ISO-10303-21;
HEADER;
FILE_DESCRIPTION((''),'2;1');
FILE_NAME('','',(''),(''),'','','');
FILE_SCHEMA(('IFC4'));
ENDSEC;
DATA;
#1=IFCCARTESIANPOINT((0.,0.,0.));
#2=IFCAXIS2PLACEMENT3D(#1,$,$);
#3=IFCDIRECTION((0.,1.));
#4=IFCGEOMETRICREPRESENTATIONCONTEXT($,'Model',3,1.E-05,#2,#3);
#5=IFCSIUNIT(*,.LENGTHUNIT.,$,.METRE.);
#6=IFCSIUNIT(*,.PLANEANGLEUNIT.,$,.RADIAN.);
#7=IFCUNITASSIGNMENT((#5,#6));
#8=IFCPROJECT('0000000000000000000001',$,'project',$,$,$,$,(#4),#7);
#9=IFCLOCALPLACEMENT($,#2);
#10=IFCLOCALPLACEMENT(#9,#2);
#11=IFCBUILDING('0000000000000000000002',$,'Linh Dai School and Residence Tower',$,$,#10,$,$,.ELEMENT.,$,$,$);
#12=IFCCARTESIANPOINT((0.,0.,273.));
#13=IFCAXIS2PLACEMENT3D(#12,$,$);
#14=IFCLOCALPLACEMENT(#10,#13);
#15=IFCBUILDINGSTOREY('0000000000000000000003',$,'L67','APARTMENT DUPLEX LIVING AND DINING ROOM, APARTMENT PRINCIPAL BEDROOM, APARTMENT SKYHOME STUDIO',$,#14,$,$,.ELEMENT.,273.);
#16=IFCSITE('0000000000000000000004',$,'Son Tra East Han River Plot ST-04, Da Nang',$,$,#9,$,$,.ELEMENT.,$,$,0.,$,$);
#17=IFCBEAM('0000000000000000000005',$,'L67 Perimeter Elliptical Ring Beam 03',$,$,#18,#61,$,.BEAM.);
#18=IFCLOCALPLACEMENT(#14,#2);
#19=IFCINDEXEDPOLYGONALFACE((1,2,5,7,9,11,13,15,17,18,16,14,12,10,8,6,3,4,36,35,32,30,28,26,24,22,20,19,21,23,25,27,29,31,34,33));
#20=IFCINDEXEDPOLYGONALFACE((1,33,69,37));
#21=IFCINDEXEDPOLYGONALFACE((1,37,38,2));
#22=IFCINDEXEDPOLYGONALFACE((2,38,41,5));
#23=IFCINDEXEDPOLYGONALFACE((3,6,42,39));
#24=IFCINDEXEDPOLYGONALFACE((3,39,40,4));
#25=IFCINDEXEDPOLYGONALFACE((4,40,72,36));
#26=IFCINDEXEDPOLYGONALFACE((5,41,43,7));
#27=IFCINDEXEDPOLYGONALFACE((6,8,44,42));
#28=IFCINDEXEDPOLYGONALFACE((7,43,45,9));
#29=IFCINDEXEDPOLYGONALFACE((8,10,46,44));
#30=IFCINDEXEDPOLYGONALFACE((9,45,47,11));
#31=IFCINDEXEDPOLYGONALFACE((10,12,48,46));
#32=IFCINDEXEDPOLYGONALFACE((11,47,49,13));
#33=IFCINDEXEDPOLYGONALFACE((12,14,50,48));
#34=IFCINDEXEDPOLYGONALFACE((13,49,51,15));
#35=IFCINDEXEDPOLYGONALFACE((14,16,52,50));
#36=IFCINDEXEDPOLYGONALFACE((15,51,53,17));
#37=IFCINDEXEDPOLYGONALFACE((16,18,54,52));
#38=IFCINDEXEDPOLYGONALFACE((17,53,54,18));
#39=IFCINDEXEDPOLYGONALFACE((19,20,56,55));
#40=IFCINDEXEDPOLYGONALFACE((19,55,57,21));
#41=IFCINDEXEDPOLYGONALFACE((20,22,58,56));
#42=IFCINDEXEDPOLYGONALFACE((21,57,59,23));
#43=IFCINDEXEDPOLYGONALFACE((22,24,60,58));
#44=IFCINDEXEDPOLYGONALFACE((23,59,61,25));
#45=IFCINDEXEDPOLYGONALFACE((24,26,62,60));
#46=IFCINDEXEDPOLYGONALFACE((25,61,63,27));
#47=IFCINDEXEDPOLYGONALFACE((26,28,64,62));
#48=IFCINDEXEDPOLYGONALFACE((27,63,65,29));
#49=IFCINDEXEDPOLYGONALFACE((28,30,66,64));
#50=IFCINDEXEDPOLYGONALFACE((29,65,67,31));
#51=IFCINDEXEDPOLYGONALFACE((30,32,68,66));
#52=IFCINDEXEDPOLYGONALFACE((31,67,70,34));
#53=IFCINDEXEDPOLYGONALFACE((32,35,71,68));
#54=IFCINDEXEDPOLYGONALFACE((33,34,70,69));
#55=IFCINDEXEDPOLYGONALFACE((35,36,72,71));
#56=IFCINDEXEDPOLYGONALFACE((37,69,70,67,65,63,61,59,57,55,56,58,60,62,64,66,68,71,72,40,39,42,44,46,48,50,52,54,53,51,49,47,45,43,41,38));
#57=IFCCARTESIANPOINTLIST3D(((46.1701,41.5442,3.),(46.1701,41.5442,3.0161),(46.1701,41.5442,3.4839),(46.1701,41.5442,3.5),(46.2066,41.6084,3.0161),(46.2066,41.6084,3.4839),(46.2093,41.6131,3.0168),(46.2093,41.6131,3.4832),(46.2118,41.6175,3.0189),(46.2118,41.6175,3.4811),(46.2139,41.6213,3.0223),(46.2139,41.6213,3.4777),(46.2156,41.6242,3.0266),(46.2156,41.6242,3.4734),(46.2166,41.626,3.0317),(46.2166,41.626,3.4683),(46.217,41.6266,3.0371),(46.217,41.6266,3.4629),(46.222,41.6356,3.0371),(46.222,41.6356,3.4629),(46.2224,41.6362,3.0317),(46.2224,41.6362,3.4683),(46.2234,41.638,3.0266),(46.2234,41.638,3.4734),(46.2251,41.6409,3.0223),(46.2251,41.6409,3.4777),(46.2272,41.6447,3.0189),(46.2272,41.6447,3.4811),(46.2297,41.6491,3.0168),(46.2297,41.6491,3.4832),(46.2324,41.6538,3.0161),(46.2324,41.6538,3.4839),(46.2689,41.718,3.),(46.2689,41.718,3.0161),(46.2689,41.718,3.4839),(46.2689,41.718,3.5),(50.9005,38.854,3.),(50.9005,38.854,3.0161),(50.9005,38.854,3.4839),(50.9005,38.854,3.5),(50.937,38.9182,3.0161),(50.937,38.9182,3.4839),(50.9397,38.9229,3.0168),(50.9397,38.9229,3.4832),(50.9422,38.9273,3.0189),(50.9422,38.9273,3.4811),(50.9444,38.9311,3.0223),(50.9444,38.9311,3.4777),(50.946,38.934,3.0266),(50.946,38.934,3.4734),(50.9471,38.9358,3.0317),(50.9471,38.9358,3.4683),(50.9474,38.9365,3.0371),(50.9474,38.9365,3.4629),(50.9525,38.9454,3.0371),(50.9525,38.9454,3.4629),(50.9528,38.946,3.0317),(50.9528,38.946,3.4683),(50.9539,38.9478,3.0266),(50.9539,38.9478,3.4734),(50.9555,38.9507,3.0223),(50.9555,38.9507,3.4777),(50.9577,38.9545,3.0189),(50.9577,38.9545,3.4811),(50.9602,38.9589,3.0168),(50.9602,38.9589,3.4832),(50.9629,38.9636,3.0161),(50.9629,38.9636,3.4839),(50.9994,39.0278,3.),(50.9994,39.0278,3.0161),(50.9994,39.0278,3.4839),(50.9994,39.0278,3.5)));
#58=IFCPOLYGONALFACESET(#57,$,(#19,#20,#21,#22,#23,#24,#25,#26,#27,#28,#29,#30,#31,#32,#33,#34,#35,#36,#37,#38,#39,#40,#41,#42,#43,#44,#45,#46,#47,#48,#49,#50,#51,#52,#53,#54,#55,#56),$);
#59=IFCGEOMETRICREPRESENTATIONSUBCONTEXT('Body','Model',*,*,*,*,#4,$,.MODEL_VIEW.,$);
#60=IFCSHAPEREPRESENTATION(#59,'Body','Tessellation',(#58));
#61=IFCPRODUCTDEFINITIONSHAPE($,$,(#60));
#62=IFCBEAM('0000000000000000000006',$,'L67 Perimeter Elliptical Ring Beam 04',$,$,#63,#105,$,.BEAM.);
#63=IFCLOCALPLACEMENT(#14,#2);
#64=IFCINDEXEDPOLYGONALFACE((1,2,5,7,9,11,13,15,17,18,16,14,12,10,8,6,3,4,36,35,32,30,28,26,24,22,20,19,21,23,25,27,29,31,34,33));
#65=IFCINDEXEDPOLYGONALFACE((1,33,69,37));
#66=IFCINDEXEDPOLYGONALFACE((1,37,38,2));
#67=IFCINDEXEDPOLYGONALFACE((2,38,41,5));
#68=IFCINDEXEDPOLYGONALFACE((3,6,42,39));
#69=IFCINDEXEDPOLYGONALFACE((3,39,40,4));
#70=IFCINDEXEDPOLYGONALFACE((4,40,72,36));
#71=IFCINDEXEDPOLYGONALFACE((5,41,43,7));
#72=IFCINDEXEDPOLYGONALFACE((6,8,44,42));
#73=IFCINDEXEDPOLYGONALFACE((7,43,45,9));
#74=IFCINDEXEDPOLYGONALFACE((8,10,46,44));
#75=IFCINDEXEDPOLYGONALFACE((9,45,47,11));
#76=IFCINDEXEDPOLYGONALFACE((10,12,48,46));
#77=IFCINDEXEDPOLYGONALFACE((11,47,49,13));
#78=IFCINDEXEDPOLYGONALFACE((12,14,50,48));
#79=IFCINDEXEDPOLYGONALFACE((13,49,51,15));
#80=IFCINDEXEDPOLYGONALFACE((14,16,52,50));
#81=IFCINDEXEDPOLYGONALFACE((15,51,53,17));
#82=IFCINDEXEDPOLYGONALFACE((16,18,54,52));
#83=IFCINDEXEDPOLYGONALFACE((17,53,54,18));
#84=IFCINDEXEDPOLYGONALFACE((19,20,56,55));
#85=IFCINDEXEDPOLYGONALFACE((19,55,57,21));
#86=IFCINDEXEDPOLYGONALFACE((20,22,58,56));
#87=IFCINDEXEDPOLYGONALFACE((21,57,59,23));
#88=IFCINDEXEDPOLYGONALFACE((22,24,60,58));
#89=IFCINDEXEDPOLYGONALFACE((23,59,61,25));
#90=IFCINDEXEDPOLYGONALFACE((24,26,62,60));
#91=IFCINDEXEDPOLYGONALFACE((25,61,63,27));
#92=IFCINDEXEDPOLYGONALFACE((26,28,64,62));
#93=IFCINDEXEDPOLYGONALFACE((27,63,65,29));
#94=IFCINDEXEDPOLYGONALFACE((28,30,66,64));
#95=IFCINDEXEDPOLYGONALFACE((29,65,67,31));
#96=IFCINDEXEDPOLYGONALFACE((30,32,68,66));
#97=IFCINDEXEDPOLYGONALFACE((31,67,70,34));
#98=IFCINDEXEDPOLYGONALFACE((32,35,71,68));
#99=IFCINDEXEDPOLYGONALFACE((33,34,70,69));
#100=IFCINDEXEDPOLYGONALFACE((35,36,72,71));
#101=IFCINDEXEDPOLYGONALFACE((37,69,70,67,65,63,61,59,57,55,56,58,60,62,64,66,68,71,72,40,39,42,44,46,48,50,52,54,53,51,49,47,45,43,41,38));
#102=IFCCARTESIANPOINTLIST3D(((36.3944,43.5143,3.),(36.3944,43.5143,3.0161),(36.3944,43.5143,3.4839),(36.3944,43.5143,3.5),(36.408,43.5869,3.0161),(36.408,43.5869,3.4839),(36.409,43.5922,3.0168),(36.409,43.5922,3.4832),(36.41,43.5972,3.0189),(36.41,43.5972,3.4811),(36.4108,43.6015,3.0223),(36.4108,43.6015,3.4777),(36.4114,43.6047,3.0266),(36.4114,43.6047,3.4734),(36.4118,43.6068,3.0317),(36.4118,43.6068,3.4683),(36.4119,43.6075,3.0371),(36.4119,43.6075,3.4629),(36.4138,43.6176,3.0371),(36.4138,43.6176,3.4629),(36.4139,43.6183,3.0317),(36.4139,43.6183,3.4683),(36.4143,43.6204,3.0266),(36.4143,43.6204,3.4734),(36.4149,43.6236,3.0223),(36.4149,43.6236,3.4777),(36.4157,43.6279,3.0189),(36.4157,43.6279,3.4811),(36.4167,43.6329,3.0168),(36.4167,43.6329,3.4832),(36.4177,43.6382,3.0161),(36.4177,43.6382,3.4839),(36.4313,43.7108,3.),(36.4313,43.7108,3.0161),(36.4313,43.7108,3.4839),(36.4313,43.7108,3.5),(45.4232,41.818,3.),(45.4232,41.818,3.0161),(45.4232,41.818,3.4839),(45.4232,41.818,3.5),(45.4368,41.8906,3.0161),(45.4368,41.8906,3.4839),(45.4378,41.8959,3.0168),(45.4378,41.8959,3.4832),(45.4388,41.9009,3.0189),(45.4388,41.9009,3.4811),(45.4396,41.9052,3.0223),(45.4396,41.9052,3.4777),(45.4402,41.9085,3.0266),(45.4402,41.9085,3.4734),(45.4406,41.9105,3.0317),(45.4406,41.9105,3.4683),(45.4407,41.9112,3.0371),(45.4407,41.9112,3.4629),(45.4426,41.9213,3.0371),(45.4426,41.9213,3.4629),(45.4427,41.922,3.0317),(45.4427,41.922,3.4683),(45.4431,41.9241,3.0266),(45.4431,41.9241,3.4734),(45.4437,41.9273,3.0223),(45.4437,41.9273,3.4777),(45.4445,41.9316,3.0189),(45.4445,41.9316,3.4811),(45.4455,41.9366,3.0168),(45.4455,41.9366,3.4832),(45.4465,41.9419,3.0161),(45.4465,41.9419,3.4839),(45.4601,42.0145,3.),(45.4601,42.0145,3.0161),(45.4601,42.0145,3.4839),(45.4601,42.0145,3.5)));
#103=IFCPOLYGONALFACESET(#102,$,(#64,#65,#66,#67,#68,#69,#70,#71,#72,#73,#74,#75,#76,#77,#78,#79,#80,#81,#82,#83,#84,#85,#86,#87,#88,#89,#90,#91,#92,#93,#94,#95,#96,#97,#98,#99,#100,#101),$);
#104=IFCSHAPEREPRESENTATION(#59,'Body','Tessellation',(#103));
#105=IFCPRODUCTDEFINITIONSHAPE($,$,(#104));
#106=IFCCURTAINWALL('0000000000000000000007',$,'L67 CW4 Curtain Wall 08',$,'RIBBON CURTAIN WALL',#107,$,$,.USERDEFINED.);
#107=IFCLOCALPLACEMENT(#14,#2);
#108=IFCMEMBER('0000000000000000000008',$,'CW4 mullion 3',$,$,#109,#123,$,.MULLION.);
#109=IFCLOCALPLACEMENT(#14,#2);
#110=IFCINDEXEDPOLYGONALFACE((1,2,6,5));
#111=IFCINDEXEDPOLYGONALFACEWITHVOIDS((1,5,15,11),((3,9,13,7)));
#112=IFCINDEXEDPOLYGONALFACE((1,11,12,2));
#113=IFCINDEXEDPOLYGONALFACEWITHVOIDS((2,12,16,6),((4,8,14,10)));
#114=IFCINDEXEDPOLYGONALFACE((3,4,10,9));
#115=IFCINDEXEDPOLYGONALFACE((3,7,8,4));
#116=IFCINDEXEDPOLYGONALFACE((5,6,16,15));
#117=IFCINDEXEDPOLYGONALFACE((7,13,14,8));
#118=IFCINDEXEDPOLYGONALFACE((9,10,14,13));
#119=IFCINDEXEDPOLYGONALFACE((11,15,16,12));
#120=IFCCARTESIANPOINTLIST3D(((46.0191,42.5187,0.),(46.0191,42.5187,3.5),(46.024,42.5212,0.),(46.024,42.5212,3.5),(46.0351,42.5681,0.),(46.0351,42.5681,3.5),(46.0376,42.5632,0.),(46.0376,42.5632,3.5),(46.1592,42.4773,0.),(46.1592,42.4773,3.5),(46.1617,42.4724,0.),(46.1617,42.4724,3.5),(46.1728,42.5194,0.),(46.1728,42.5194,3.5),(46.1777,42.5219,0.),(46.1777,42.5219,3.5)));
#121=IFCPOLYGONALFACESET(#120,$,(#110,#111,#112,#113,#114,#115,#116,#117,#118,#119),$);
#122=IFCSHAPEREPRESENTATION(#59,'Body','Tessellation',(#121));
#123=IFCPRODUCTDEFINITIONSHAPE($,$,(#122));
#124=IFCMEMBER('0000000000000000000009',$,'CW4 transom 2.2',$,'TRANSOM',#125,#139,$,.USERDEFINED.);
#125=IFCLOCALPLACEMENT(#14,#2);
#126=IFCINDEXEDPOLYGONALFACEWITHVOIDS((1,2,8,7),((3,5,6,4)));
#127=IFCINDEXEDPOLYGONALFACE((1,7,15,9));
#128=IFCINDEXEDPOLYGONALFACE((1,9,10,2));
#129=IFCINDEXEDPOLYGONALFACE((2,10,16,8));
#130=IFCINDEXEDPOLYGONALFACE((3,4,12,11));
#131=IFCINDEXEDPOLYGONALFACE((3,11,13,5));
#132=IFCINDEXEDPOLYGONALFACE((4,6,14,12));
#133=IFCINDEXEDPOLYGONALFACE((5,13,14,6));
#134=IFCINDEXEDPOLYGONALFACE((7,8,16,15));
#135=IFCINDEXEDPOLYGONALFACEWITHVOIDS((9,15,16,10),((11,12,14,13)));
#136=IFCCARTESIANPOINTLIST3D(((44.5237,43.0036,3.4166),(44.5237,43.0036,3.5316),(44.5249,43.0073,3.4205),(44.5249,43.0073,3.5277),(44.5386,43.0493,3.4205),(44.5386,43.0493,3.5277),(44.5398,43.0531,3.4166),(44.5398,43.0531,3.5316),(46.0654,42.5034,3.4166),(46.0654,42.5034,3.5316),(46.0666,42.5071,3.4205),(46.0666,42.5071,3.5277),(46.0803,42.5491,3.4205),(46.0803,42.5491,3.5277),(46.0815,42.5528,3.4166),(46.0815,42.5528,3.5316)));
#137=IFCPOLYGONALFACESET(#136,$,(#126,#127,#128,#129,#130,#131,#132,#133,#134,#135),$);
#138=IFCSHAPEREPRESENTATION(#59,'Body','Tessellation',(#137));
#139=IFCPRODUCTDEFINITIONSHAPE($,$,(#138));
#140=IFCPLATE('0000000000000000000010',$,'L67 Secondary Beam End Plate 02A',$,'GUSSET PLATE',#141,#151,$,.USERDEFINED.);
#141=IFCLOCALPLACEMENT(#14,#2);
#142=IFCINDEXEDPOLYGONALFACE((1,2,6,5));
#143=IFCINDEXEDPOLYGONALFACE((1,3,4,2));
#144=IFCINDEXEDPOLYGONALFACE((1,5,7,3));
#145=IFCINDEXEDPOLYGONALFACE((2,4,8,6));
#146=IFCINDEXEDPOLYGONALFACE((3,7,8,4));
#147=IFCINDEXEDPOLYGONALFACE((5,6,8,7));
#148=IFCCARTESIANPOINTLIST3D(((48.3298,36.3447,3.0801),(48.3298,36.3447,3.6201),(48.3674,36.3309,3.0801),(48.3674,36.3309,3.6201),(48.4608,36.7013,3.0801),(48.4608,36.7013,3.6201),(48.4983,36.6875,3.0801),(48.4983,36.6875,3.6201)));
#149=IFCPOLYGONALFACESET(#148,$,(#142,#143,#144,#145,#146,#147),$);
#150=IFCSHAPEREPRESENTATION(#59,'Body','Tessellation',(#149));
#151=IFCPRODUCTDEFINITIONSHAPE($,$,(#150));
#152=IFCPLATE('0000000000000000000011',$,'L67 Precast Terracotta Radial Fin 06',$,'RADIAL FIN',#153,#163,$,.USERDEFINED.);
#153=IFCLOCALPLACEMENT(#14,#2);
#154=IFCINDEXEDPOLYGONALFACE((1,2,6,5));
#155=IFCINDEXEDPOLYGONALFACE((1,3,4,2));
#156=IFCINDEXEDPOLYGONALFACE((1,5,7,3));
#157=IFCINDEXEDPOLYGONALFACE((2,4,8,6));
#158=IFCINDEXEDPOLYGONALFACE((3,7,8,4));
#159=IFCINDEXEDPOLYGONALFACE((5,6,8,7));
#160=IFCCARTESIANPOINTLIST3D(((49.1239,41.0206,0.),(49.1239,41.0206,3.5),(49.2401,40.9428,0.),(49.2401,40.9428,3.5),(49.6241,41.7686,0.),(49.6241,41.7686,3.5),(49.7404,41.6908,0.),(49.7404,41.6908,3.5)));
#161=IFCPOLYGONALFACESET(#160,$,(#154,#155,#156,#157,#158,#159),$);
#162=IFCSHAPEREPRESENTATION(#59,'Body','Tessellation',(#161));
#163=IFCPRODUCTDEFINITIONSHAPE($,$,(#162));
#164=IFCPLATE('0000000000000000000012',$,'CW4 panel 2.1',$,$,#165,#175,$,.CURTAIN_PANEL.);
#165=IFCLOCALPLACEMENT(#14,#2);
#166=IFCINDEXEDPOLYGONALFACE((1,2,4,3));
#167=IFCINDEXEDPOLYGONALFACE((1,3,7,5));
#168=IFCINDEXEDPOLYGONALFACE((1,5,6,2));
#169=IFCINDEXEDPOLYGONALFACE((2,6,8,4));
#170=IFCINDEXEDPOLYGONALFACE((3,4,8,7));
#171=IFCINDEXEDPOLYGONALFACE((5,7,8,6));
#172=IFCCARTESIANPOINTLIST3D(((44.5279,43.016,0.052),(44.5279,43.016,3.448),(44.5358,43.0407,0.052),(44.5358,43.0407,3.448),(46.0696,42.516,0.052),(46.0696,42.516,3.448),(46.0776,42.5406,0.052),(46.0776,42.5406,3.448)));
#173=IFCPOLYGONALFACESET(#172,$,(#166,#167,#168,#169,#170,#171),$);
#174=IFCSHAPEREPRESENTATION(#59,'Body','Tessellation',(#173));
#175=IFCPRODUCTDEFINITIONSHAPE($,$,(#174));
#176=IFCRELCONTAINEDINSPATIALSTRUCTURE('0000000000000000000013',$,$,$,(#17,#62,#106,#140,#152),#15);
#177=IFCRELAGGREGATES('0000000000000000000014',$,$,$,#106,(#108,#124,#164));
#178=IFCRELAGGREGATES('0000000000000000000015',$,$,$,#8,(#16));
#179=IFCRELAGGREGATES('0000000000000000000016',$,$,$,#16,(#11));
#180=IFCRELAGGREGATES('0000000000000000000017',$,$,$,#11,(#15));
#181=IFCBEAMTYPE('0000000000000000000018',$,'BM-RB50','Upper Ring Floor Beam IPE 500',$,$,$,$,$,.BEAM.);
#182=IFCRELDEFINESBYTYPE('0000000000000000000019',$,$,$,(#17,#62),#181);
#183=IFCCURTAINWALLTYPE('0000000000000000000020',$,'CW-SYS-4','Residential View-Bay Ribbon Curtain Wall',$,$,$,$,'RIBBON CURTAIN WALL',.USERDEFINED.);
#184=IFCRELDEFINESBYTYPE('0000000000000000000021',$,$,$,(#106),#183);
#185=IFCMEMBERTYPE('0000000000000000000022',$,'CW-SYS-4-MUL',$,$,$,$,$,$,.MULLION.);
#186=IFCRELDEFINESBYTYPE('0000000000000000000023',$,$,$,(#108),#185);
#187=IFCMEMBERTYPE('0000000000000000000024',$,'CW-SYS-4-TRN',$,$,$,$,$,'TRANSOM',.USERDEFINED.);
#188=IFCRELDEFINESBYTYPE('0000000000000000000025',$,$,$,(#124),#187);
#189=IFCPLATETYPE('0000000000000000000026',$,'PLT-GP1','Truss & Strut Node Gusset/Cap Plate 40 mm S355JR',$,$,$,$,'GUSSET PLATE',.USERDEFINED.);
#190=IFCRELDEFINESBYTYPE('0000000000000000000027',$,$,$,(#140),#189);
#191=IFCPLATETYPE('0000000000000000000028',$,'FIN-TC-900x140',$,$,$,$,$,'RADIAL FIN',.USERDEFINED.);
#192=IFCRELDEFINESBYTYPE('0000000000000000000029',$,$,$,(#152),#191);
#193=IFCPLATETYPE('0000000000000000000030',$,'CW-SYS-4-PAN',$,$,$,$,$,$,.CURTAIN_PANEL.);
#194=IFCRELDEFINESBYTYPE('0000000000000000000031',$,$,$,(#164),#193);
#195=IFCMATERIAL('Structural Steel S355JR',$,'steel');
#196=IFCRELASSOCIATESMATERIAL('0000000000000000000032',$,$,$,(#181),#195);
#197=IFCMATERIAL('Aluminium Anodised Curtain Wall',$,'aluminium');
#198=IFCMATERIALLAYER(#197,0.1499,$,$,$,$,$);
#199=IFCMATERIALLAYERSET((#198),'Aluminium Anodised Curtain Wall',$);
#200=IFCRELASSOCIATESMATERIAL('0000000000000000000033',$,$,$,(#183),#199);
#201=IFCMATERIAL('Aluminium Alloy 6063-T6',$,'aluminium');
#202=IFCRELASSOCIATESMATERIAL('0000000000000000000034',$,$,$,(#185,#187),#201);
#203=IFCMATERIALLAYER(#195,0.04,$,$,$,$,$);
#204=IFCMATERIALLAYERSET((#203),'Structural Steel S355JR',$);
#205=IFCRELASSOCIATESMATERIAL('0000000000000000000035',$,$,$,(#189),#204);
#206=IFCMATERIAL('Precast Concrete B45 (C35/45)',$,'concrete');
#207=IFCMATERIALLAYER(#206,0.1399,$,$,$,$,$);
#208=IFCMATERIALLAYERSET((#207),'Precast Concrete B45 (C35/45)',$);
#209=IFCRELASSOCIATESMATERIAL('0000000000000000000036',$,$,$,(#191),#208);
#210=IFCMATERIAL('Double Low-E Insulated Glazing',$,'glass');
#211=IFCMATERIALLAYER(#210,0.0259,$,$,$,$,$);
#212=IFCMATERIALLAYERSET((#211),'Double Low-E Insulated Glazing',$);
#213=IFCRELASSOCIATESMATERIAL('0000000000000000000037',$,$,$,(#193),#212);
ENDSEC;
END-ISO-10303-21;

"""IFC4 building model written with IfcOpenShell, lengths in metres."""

from ifc_helpers import new_model, si_unit, direction, frame, origin, origin_2d, place, context, subcontext, project, spatial, rectangle, hollow_rectangle, i_section, extrude, source, transform, mapped, material, layer, layer_set, material_profile, profile_set, type_object, element, aggregate, save


model = new_model("IFC4")

# Units and contexts
model_context = context("Model", 3, precision=1e-05, world=origin(), true_north=direction((0.0, 1.0)))
body_context = subcontext(model_context, "Body", "Model", "MODEL_VIEW")
ifc_project = project(units=[si_unit("LENGTHUNIT", "METRE"), si_unit("PLANEANGLEUNIT", "RADIAN")], contexts=[model_context])

# Site, building, storey
site_placement = place(None, origin())
site = spatial("IfcSite", under=ifc_project, at=site_placement, Name="Son Tra East Han River Plot ST-04, Da Nang", CompositionType="ELEMENT", RefElevation=0.0)
building_placement = place(site_placement, origin())
building = spatial("IfcBuilding", under=site, at=building_placement, Name="Linh Dai School and Residence Tower", CompositionType="ELEMENT")
storey_placement = place(building_placement, frame((0.0, 0.0, 273.0)))
storey = spatial("IfcBuildingStorey", under=building, at=storey_placement, Name="L67", Description="APARTMENT DUPLEX LIVING AND DINING ROOM, APARTMENT PRINCIPAL BEDROOM, APARTMENT SKYHOME STUDIO", CompositionType="ELEMENT", Elevation=273.0)

# Shared definitions
ifc_material_1 = material(Name="Structural Steel S355JR", Category="steel")

# Beams
ifc_material_profile_1 = material_profile(ifc_material_1, i_section(OverallWidth=0.2, OverallDepth=0.5, WebThickness=0.0103, FlangeThickness=0.0161, FilletRadius=0.021, at=origin_2d()), Name="IPE 500")
ifc_profile_set_1 = profile_set([ifc_material_profile_1], Name="Structural Steel S355JR")
beam_type_1 = type_object("IfcBeamType", Name="BM-RB50", Description="Upper Ring Floor Beam IPE 500", PredefinedType="BEAM", material=ifc_profile_set_1)
beam_1_placement = place(storey_placement, frame((50.95, 38.9409, 3.25), z_axis=(-0.869266, 0.494345, 0.0), x_axis=(-0.494345, -0.869266, 0.0)))
element("IfcBeam", 1, at=beam_1_placement, inside=storey, type_object=beam_type_1, Name="L67 Perimeter Elliptical Ring Beam 03", PredefinedType="BEAM", context=body_context, shape_type="SweptSolid", body=[
    extrude(i_section(OverallWidth=0.2, OverallDepth=0.5, WebThickness=0.0103, FlangeThickness=0.0161, FilletRadius=0.021, at=origin_2d()), origin(), (0.0, 0.0, 1.0), 5.4419),
])
beam_2_placement = place(storey_placement, frame((45.4417, 41.9163, 3.25), z_axis=(-0.982805, 0.184645, 0.0), x_axis=(-0.184645, -0.982805, 0.0)))
element("IfcBeam", 2, at=beam_2_placement, inside=storey, type_object=beam_type_1, Name="L67 Perimeter Elliptical Ring Beam 04", PredefinedType="BEAM", context=body_context, shape_type="SweptSolid", body=[
    extrude(i_section(OverallWidth=0.2, OverallDepth=0.5, WebThickness=0.0103, FlangeThickness=0.0161, FilletRadius=0.021, at=origin_2d()), origin(), (0.0, 0.0, 1.0), 9.1868),
])

# Curtain wall, members
ifc_material_2 = material(Name="Aluminium Anodised Curtain Wall", Category="aluminium")
ifc_layer_1 = layer(ifc_material_2, 0.1499)
ifc_layer_set_1 = layer_set([ifc_layer_1], Name="Aluminium Anodised Curtain Wall")
curtain_wall_type = type_object("IfcCurtainWallType", Name="CW-SYS-4", Description="Residential View-Bay Ribbon Curtain Wall", ElementType="RIBBON CURTAIN WALL", PredefinedType="USERDEFINED", material=ifc_layer_set_1)
curtain_wall_placement = place(storey_placement, origin())
curtain_wall = element("IfcCurtainWall", 3, at=curtain_wall_placement, inside=storey, type_object=curtain_wall_type, Name="L67 CW4 Curtain Wall 08", ObjectType="RIBBON CURTAIN WALL", PredefinedType="USERDEFINED")
ifc_material_3 = material(Name="Aluminium Alloy 6063-T6", Category="aluminium")
ifc_material_profile_2 = material_profile(ifc_material_3, hollow_rectangle(XDim=0.052, YDim=0.1499, WallThickness=0.0039, at=origin_2d()), Name="RHS 150x52x4")
ifc_profile_set_2 = profile_set([ifc_material_profile_2], Name="Aluminium Alloy 6063-T6")
member_type_1 = type_object("IfcMemberType", Name="CW-SYS-4-MUL", PredefinedType="MULLION", material=ifc_profile_set_2)
shared_shape_1 = source(origin(), body_context, "Body", "SweptSolid", [
    extrude(hollow_rectangle(XDim=0.052, YDim=0.1499, WallThickness=0.0039, at=origin_2d()), origin(), (0.0, 0.0, 1.0), 3.5),
])
member_1_placement = place(storey_placement, frame((46.0984, 42.5203, 0.0), z_axis=(0.0, 0.0, 1.0), x_axis=(0.308519, 0.951218, 0.0)))
member_1 = element("IfcMember", 4, at=member_1_placement, type_object=member_type_1, Name="CW4 mullion 3", PredefinedType="MULLION", context=body_context, shape_type="MappedRepresentation", body=[
    mapped(shared_shape_1, transform((0.0, 0.0, 0.0), x_axis=(1.0, 0.0, 0.0), y_axis=(0.0, 1.0, 0.0), z_axis=(0.0, 0.0, 1.0), scale=1.0)),
])
ifc_material_profile_3 = material_profile(ifc_material_3, hollow_rectangle(XDim=0.052, YDim=0.115, WallThickness=0.0039, at=origin_2d()), Name="RHS 115x52x4")
ifc_profile_set_3 = profile_set([ifc_material_profile_3], Name="Aluminium Alloy 6063-T6")
member_type_2 = type_object("IfcMemberType", Name="CW-SYS-4-TRN", ElementType="TRANSOM", PredefinedType="USERDEFINED", material=ifc_profile_set_3)
shared_shape_2 = source(origin(), body_context, "Body", "SweptSolid", [
    extrude(hollow_rectangle(XDim=0.052, YDim=0.115, WallThickness=0.0039, at=origin_2d()), origin(), (0.0, 0.0, 1.0), 1.6208),
])
member_2_placement = place(storey_placement, frame((44.5317, 43.0283, 3.4741), z_axis=(0.951183, -0.308626, 0.0), x_axis=(0.308626, 0.951183, 0.0)))
member_2 = element("IfcMember", 5, at=member_2_placement, type_object=member_type_2, Name="CW4 transom 2.2", ObjectType="TRANSOM", PredefinedType="USERDEFINED", context=body_context, shape_type="MappedRepresentation", body=[
    mapped(shared_shape_2, transform((0.0, 0.0, 0.0), x_axis=(1.0, 0.0, 0.0), y_axis=(0.0, 1.0, 0.0), z_axis=(0.0, 0.0, 1.0), scale=1.0)),
])

# Plates
ifc_layer_2 = layer(ifc_material_1, 0.04)
ifc_layer_set_2 = layer_set([ifc_layer_2], Name="Structural Steel S355JR")
plate_type_1 = type_object("IfcPlateType", Name="PLT-GP1", Description="Truss & Strut Node Gusset/Cap Plate 40 mm S355JR", ElementType="GUSSET PLATE", PredefinedType="USERDEFINED", material=ifc_layer_set_2)
shared_shape_3 = source(origin(), body_context, "Body", "SweptSolid", [
    extrude(rectangle(XDim=0.04, YDim=0.3799, at=origin_2d()), origin(), (0.0, 0.0, 1.0), 0.54),
])
plate_1_placement = place(storey_placement, frame((48.4141, 36.5161, 3.0801), z_axis=(0.0, 0.0, 1.0), x_axis=(-0.938695, 0.344748, 0.0)))
element("IfcPlate", 6, at=plate_1_placement, inside=storey, type_object=plate_type_1, Name="L67 Secondary Beam End Plate 02A", ObjectType="GUSSET PLATE", PredefinedType="USERDEFINED", context=body_context, shape_type="MappedRepresentation", body=[
    mapped(shared_shape_3, transform((0.0, 0.0, 0.0), x_axis=(1.0, 0.0, 0.0), y_axis=(0.0, 1.0, 0.0), z_axis=(0.0, 0.0, 1.0), scale=1.0)),
])
ifc_material_4 = material(Name="Precast Concrete B45 (C35/45)", Category="concrete")
ifc_layer_3 = layer(ifc_material_4, 0.1399)
ifc_layer_set_3 = layer_set([ifc_layer_3], Name="Precast Concrete B45 (C35/45)")
plate_type_2 = type_object("IfcPlateType", Name="FIN-TC-900x140", ElementType="RADIAL FIN", PredefinedType="USERDEFINED", material=ifc_layer_set_3)
shared_shape_4 = source(origin(), body_context, "Body", "SweptSolid", [
    extrude(rectangle(XDim=0.8999, YDim=0.1399, at=origin_2d()), origin(), (0.0, 0.0, 1.0), 3.5),
])
plate_2_placement = place(storey_placement, frame((49.4321, 41.3557, 0.0), z_axis=(0.0, 0.0, 1.0), x_axis=(0.555908, 0.831244, 0.0)))
element("IfcPlate", 7, at=plate_2_placement, inside=storey, type_object=plate_type_2, Name="L67 Precast Terracotta Radial Fin 06", ObjectType="RADIAL FIN", PredefinedType="USERDEFINED", context=body_context, shape_type="MappedRepresentation", body=[
    mapped(shared_shape_4, transform((0.0, 0.0, 0.0), x_axis=(1.0, 0.0, 0.0), y_axis=(0.0, 1.0, 0.0), z_axis=(0.0, 0.0, 1.0), scale=1.0)),
])

# Plate
ifc_material_5 = material(Name="Double Low-E Insulated Glazing", Category="glass")
ifc_layer_4 = layer(ifc_material_5, 0.0259)
ifc_layer_set_4 = layer_set([ifc_layer_4], Name="Double Low-E Insulated Glazing")
plate_type_3 = type_object("IfcPlateType", Name="CW-SYS-4-PAN", PredefinedType="CURTAIN_PANEL", material=ifc_layer_set_4)
shared_shape_5 = source(origin(), body_context, "Body", "SweptSolid", [
    extrude(rectangle(XDim=1.6208, YDim=0.0259, at=origin_2d()), origin(), (0.0, 0.0, 1.0), 3.396),
])
plate_3_placement = place(storey_placement, frame((45.3027, 42.7783, 0.052), z_axis=(0.0, 0.0, 1.0), x_axis=(0.951218, -0.308519, 0.0)))
plate_3 = element("IfcPlate", 8, at=plate_3_placement, type_object=plate_type_3, Name="CW4 panel 2.1", PredefinedType="CURTAIN_PANEL", context=body_context, shape_type="MappedRepresentation", body=[
    mapped(shared_shape_5, transform((0.0, 0.0, 0.0), x_axis=(1.0, 0.0, 0.0), y_axis=(0.0, 1.0, 0.0), z_axis=(0.0, 0.0, 1.0), scale=1.0)),
])
aggregate(curtain_wall, [member_1, member_2, plate_3])

save(model, "model.ifc")
